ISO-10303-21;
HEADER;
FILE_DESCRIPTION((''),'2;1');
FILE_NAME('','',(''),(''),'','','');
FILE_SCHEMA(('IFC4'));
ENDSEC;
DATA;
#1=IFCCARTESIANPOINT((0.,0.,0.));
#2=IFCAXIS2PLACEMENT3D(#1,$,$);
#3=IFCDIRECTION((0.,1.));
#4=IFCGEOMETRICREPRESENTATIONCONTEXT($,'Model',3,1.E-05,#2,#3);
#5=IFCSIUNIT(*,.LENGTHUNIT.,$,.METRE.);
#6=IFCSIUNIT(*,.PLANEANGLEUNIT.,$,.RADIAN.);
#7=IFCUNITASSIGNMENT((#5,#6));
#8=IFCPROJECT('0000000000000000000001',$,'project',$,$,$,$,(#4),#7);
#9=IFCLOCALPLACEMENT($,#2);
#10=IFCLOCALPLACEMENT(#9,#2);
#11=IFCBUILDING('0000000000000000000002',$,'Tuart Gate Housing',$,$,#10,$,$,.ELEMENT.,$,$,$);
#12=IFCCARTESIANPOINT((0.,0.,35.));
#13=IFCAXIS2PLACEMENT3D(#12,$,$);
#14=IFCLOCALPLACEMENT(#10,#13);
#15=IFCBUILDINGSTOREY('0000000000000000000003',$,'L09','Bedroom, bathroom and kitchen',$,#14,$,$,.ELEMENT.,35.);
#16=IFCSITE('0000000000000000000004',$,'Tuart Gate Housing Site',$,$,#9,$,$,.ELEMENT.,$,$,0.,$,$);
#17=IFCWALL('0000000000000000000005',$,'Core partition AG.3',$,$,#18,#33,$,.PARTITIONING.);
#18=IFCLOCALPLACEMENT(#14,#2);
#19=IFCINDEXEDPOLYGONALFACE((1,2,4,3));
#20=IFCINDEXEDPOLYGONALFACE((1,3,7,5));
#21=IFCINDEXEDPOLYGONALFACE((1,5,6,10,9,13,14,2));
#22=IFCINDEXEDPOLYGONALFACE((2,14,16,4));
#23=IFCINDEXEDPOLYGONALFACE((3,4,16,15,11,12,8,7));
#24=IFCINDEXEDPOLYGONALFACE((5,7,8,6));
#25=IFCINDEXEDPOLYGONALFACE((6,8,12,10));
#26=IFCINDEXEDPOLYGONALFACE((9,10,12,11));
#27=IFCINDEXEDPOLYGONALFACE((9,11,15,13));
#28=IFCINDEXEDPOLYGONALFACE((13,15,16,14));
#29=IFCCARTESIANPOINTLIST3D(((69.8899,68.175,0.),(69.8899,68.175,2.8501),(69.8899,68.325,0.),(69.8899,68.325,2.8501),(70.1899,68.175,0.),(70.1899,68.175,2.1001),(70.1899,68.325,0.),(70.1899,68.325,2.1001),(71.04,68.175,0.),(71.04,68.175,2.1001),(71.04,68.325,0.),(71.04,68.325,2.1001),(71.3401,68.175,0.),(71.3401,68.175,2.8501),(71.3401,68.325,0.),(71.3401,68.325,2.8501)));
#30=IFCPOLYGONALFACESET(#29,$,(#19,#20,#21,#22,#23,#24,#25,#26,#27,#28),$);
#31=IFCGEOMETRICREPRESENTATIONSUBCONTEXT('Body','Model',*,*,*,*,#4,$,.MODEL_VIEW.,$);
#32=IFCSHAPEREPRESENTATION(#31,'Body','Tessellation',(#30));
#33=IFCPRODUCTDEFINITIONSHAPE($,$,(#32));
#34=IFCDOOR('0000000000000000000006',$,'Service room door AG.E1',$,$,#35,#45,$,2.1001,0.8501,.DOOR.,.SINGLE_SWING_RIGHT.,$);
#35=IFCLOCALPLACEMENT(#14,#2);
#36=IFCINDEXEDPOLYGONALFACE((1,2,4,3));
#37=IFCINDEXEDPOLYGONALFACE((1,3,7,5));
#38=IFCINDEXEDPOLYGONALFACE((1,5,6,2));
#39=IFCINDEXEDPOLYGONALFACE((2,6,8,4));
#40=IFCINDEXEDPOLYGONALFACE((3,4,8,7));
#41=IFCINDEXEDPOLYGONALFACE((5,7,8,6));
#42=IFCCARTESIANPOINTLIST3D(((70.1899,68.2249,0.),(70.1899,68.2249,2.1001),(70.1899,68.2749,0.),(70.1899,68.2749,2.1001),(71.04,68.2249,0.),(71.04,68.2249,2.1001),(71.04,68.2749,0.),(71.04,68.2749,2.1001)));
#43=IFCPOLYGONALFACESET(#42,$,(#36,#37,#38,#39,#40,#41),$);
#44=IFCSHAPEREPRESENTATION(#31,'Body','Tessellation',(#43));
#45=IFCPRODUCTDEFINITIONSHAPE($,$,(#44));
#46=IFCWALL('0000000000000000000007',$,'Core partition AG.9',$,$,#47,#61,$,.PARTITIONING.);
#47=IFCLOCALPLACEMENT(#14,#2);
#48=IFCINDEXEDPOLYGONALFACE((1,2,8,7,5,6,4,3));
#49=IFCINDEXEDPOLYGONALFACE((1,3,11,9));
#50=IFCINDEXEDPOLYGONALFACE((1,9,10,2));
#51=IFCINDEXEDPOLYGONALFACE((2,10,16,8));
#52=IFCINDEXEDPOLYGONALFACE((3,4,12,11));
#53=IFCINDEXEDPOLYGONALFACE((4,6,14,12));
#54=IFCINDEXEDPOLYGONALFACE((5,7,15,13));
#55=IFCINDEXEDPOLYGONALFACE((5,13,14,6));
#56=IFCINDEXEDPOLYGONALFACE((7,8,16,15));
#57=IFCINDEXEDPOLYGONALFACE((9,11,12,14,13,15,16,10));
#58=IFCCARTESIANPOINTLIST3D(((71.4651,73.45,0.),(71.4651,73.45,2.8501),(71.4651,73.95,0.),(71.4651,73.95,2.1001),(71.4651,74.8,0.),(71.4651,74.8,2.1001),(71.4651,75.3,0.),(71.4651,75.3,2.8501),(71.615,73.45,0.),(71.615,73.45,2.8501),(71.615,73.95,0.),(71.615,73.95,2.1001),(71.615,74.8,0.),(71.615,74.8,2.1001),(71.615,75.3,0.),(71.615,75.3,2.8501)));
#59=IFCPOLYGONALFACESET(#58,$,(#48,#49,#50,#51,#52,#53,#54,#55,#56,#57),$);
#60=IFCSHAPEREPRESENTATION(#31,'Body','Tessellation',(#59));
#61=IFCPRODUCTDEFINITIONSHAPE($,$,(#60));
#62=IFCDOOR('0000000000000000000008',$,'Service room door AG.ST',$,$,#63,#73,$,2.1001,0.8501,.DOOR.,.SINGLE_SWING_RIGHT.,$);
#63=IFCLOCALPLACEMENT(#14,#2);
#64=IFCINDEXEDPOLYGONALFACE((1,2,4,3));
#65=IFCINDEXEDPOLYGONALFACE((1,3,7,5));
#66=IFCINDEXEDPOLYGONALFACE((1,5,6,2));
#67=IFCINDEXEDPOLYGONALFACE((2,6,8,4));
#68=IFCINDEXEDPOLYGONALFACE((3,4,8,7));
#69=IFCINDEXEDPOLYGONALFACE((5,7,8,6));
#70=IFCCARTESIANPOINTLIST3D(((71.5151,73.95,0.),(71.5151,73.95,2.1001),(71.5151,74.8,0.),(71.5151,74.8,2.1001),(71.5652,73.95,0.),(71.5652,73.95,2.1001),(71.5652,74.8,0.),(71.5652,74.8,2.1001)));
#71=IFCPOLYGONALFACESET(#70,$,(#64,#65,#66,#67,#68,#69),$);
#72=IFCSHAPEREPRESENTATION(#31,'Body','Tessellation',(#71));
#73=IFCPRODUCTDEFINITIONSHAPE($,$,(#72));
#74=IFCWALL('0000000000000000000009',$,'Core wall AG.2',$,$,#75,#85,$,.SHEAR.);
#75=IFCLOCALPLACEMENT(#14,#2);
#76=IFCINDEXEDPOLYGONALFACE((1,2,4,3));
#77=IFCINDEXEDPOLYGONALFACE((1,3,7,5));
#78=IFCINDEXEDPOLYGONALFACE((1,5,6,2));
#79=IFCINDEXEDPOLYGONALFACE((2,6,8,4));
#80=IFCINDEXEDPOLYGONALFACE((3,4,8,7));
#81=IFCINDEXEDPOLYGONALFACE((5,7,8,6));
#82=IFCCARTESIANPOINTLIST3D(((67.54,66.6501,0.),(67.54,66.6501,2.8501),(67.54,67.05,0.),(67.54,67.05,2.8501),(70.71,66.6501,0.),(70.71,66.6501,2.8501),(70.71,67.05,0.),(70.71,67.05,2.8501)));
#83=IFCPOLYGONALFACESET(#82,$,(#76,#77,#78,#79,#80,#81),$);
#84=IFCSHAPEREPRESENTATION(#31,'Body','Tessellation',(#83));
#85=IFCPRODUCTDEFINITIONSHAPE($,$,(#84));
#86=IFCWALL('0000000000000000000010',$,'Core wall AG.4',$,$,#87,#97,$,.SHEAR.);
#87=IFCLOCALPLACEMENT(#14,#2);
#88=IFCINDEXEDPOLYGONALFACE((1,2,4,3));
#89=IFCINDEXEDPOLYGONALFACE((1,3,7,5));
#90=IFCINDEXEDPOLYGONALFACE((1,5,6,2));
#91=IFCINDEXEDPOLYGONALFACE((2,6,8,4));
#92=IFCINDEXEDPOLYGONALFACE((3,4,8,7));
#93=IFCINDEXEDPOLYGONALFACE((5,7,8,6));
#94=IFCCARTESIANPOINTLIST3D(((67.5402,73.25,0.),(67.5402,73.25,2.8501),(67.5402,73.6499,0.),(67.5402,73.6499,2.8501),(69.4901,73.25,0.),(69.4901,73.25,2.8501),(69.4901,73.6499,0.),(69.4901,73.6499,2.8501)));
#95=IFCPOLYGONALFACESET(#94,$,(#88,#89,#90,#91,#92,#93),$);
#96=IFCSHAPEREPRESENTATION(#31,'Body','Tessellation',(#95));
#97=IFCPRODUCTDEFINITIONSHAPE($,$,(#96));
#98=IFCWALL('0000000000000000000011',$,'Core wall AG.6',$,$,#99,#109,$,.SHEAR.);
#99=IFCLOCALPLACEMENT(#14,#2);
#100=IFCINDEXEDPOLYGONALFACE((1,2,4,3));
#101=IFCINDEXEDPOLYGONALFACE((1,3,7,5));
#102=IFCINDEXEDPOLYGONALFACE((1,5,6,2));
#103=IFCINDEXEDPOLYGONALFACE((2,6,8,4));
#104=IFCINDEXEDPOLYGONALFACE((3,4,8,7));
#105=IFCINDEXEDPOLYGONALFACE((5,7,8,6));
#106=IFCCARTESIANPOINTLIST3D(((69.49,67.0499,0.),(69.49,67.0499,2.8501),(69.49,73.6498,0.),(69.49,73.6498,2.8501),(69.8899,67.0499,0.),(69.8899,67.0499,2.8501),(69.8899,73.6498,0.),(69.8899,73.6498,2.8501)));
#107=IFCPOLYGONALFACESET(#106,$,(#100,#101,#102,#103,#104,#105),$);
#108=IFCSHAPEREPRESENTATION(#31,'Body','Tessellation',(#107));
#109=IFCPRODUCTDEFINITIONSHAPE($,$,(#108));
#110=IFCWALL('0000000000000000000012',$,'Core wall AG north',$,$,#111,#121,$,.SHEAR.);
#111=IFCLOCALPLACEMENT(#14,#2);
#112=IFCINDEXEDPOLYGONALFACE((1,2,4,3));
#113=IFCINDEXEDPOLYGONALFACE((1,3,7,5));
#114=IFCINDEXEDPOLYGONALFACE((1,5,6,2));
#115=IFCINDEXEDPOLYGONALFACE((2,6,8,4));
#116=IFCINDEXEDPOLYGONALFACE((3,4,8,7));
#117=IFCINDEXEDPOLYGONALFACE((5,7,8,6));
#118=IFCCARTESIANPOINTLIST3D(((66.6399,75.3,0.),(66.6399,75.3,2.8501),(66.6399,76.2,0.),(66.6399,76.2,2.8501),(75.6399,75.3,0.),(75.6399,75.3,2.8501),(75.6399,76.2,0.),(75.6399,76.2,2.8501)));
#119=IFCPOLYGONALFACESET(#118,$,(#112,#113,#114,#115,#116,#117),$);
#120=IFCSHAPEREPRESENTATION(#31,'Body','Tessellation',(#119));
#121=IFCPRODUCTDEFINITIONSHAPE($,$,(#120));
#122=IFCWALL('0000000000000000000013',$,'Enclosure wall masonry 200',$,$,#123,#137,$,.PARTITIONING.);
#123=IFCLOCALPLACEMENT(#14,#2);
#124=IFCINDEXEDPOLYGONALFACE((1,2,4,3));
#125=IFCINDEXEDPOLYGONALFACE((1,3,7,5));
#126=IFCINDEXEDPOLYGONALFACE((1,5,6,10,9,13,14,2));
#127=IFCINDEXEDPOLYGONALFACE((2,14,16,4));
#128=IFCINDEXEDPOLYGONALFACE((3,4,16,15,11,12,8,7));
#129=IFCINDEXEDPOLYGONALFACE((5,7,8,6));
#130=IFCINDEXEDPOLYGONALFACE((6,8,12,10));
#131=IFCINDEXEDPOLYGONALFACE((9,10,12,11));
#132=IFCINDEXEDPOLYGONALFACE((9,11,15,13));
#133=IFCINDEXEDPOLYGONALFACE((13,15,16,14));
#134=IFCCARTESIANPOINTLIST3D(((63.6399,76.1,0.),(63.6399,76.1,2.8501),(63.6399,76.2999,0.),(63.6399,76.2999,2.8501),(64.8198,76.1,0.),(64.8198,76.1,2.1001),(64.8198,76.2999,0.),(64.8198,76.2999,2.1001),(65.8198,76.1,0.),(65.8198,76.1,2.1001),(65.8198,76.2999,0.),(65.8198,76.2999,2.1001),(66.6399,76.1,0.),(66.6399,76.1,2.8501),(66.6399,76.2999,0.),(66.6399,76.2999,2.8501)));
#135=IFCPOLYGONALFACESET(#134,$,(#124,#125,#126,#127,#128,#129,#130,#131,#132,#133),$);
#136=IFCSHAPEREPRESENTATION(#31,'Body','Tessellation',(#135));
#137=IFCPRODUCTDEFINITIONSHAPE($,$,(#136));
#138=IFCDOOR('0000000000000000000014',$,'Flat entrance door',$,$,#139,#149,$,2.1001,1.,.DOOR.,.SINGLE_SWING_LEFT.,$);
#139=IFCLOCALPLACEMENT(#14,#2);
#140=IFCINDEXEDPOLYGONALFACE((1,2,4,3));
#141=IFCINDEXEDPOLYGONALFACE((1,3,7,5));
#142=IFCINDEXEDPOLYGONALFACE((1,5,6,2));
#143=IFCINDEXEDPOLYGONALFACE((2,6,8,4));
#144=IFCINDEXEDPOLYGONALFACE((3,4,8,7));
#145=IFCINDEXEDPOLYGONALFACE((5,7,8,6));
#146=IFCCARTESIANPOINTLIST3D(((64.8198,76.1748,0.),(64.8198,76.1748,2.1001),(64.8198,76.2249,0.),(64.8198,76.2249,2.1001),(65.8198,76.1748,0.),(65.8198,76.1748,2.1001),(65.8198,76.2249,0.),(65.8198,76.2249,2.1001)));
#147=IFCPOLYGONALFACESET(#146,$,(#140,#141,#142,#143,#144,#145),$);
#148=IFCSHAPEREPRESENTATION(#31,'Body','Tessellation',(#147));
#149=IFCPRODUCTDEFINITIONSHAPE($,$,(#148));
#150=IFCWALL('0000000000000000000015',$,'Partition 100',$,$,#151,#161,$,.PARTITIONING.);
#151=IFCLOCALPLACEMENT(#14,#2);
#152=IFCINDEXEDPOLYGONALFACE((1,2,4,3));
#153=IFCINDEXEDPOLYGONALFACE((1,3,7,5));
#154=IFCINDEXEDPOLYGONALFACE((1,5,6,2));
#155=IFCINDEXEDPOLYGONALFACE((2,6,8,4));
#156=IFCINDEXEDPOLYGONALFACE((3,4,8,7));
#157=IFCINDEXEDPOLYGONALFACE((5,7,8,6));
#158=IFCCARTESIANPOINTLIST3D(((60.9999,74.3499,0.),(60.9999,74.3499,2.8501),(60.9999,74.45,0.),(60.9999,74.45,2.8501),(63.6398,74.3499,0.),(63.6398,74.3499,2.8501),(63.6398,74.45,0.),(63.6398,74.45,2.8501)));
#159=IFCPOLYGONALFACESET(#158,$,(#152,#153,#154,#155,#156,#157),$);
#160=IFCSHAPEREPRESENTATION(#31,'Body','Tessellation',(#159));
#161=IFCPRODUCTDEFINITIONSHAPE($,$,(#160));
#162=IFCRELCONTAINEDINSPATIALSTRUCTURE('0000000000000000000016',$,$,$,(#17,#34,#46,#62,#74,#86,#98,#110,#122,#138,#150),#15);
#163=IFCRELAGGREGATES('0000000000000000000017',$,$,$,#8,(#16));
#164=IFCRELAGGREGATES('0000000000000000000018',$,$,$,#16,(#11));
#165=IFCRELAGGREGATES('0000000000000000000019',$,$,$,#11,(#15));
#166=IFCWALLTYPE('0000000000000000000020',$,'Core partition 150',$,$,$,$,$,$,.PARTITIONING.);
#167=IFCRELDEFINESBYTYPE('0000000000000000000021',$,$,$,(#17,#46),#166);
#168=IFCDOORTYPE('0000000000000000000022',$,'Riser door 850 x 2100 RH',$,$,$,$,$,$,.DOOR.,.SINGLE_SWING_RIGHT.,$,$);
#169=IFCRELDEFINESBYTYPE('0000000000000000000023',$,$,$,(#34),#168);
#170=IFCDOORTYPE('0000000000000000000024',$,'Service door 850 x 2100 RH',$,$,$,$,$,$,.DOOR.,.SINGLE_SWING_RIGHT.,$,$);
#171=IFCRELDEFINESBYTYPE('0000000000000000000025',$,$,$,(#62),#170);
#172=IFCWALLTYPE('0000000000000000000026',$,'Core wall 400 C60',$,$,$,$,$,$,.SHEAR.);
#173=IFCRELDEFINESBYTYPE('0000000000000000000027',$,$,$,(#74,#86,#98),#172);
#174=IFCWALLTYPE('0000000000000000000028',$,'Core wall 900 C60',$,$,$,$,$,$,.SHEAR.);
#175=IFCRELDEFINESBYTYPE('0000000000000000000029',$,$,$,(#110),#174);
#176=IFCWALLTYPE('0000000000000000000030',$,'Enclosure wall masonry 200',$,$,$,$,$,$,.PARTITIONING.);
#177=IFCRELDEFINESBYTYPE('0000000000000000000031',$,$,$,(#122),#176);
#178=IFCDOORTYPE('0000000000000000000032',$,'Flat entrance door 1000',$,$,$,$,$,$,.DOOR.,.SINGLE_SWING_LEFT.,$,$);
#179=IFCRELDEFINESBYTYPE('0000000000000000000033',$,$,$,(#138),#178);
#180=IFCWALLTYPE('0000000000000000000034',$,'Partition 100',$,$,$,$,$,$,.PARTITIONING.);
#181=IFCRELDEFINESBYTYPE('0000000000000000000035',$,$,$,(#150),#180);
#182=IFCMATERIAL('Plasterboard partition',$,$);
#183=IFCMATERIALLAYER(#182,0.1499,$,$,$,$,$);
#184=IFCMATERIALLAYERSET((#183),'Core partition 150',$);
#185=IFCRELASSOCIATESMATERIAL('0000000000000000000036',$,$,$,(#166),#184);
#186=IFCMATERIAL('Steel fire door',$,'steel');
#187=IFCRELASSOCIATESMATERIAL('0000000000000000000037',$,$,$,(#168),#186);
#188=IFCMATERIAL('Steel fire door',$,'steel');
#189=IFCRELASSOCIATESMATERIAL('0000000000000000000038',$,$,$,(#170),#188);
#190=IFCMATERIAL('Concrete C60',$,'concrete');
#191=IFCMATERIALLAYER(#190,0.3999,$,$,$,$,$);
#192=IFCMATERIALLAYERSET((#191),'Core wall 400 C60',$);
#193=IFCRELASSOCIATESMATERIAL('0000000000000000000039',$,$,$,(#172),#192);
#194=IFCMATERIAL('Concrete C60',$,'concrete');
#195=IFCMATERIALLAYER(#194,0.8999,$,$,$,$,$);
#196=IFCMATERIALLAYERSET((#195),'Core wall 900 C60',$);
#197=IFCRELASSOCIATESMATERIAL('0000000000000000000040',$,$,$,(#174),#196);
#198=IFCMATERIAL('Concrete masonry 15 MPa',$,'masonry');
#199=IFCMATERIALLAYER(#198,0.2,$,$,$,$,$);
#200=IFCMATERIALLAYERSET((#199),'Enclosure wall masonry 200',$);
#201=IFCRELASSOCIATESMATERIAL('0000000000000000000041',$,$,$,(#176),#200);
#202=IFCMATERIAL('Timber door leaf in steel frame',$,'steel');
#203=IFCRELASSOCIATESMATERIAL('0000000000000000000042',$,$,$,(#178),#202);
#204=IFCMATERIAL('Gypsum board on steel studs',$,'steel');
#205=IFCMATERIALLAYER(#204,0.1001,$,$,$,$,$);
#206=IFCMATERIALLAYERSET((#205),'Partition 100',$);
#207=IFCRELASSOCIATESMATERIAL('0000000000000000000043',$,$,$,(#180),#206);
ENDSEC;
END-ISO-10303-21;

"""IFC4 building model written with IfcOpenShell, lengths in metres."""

from ifc_helpers import new_model, si_unit, direction, frame, frame_2d, origin, place, context, subcontext, project, spatial, rectangle, extrude, material, layer, layer_set, type_object, element, fill, save


model = new_model("IFC4")

# Units and contexts
model_context = context("Model", 3, precision=1e-05, world=origin(), true_north=direction((0.0, 1.0)))
body_context = subcontext(model_context, "Body", "Model", "MODEL_VIEW")
ifc_project = project(units=[si_unit("LENGTHUNIT", "METRE"), si_unit("PLANEANGLEUNIT", "RADIAN")], contexts=[model_context])

# Site, building, storey
site_placement = place(None, origin())
site = spatial("IfcSite", under=ifc_project, at=site_placement, Name="Tuart Gate Housing Site", CompositionType="ELEMENT", RefElevation=0.0)
building_placement = place(site_placement, origin())
building = spatial("IfcBuilding", under=site, at=building_placement, Name="Tuart Gate Housing", CompositionType="ELEMENT")
storey_placement = place(building_placement, frame((0.0, 0.0, 35.0)))
storey = spatial("IfcBuildingStorey", under=building, at=storey_placement, Name="L09", Description="Bedroom, bathroom and kitchen", CompositionType="ELEMENT", Elevation=35.0)

# Walls, openings, doors
ifc_material_1 = material(Name="Plasterboard partition")
ifc_layer_1 = layer(ifc_material_1, 0.1499)
ifc_layer_set_1 = layer_set([ifc_layer_1], Name="Core partition 150")
wall_type_1 = type_object("IfcWallType", Name="Core partition 150", PredefinedType="PARTITIONING", material=ifc_layer_set_1)
wall_1_placement = place(storey_placement, frame((69.8899, 68.25, 0.0), z_axis=(0.0, 0.0, 1.0), x_axis=(1.0, 0.0, 0.0)))
wall_1 = element("IfcWall", 1, at=wall_1_placement, inside=storey, type_object=wall_type_1, Name="Core partition AG.3", PredefinedType="PARTITIONING", context=body_context, shape_type="SweptSolid", body=[
    extrude(rectangle(XDim=1.4502, YDim=0.1499, at=frame_2d((0.7251, 0.0))), origin(), (0.0, 0.0, 1.0), 2.8501),
])
opening_1_placement = place(wall_1_placement, frame((0.3, 0.0, 0.0)))
opening_1 = element("IfcOpeningElement", 2, at=opening_1_placement, cuts=wall_1, PredefinedType="OPENING", context=body_context, shape_type="SweptSolid", body=[
    extrude(rectangle(XDim=0.8501, YDim=2.1001, at=frame_2d((0.425, 1.05))), frame((0.0, 0.085, 0.0), z_axis=(0.0, -1.0, 0.0), x_axis=(1.0, 0.0, 0.0)), (0.0, 0.0, 1.0), 0.1699),
])
ifc_material_2 = material(Name="Steel fire door", Category="steel")
door_type_1 = type_object("IfcDoorType", Name="Riser door 850 x 2100 RH", OperationType="SINGLE_SWING_RIGHT", PredefinedType="DOOR", material=ifc_material_2)
door_1_placement = place(opening_1_placement, frame((0.8501, 0.0, 0.0), z_axis=(0.0, 0.0, 1.0), x_axis=(-1.0, 0.0, 0.0)))
door_1 = element("IfcDoor", 3, at=door_1_placement, inside=storey, type_object=door_type_1, Name="Service room door AG.E1", OperationType="SINGLE_SWING_RIGHT", OverallHeight=2.1001, OverallWidth=0.8501, PredefinedType="DOOR", context=body_context, shape_type="SweptSolid", body=[
    extrude(rectangle(XDim=0.8501, YDim=2.1001, at=frame_2d((0.425, 1.05))), frame((0.0, 0.0251, 0.0), z_axis=(0.0, -1.0, 0.0), x_axis=(1.0, 0.0, 0.0)), (0.0, 0.0, 1.0), 0.05),
])
fill(opening_1, door_1)
wall_2_placement = place(storey_placement, frame((71.54, 73.45, 0.0), z_axis=(0.0, 0.0, 1.0), x_axis=(0.0, 1.0, 0.0)))
wall_2 = element("IfcWall", 4, at=wall_2_placement, inside=storey, type_object=wall_type_1, Name="Core partition AG.9", PredefinedType="PARTITIONING", context=body_context, shape_type="SweptSolid", body=[
    extrude(rectangle(XDim=1.8501, YDim=0.1499, at=frame_2d((0.925, 0.0))), origin(), (0.0, 0.0, 1.0), 2.8501),
])
opening_2_placement = place(wall_2_placement, frame((0.5, 0.0, 0.0)))
opening_2 = element("IfcOpeningElement", 5, at=opening_2_placement, cuts=wall_2, PredefinedType="OPENING", context=body_context, shape_type="SweptSolid", body=[
    extrude(rectangle(XDim=0.8501, YDim=2.1001, at=frame_2d((0.425, 1.05))), frame((0.0, 0.085, 0.0), z_axis=(0.0, -1.0, 0.0), x_axis=(1.0, 0.0, 0.0)), (0.0, 0.0, 1.0), 0.1699),
])
ifc_material_3 = material(Name="Steel fire door", Category="steel")
door_type_2 = type_object("IfcDoorType", Name="Service door 850 x 2100 RH", OperationType="SINGLE_SWING_RIGHT", PredefinedType="DOOR", material=ifc_material_3)
door_2_placement = place(opening_2_placement, frame((0.8501, 0.0, 0.0), z_axis=(0.0, 0.0, 1.0), x_axis=(-1.0, 0.0, 0.0)))
door_2 = element("IfcDoor", 6, at=door_2_placement, inside=storey, type_object=door_type_2, Name="Service room door AG.ST", OperationType="SINGLE_SWING_RIGHT", OverallHeight=2.1001, OverallWidth=0.8501, PredefinedType="DOOR", context=body_context, shape_type="SweptSolid", body=[
    extrude(rectangle(XDim=0.8501, YDim=2.1001, at=frame_2d((0.425, 1.05))), frame((0.0, 0.0251, 0.0), z_axis=(0.0, -1.0, 0.0), x_axis=(1.0, 0.0, 0.0)), (0.0, 0.0, 1.0), 0.05),
])
fill(opening_2, door_2)

# Walls
ifc_material_4 = material(Name="Concrete C60", Category="concrete")
ifc_layer_2 = layer(ifc_material_4, 0.3999)
ifc_layer_set_2 = layer_set([ifc_layer_2], Name="Core wall 400 C60")
wall_type_2 = type_object("IfcWallType", Name="Core wall 400 C60", PredefinedType="SHEAR", material=ifc_layer_set_2)
wall_3_placement = place(storey_placement, frame((67.54, 66.8501, 0.0), z_axis=(0.0, 0.0, 1.0), x_axis=(1.0, 0.0, 0.0)))
element("IfcWall", 7, at=wall_3_placement, inside=storey, type_object=wall_type_2, Name="Core wall AG.2", PredefinedType="SHEAR", context=body_context, shape_type="SweptSolid", body=[
    extrude(rectangle(XDim=3.1699, YDim=0.3999, at=frame_2d((1.585, 0.0))), origin(), (0.0, 0.0, 1.0), 2.8501),
])
wall_4_placement = place(storey_placement, frame((67.54, 73.45, 0.0), z_axis=(0.0, 0.0, 1.0), x_axis=(1.0, 0.0, 0.0)))
element("IfcWall", 8, at=wall_4_placement, inside=storey, type_object=wall_type_2, Name="Core wall AG.4", PredefinedType="SHEAR", context=body_context, shape_type="SweptSolid", body=[
    extrude(rectangle(XDim=1.95, YDim=0.3999, at=frame_2d((0.9751, 0.0))), origin(), (0.0, 0.0, 1.0), 2.8501),
])
wall_5_placement = place(storey_placement, frame((69.6899, 67.05, 0.0), z_axis=(0.0, 0.0, 1.0), x_axis=(0.0, 1.0, 0.0)))
element("IfcWall", 9, at=wall_5_placement, inside=storey, type_object=wall_type_2, Name="Core wall AG.6", PredefinedType="SHEAR", context=body_context, shape_type="SweptSolid", body=[
    extrude(rectangle(XDim=6.5999, YDim=0.3999, at=frame_2d((3.2998, 0.0))), origin(), (0.0, 0.0, 1.0), 2.8501),
])
ifc_material_5 = material(Name="Concrete C60", Category="concrete")
ifc_layer_3 = layer(ifc_material_5, 0.8999)
ifc_layer_set_3 = layer_set([ifc_layer_3], Name="Core wall 900 C60")
wall_type_3 = type_object("IfcWallType", Name="Core wall 900 C60", PredefinedType="SHEAR", material=ifc_layer_set_3)
wall_6_placement = place(storey_placement, frame((66.6399, 75.75, 0.0), z_axis=(0.0, 0.0, 1.0), x_axis=(1.0, 0.0, 0.0)))
element("IfcWall", 10, at=wall_6_placement, inside=storey, type_object=wall_type_3, Name="Core wall AG north", PredefinedType="SHEAR", context=body_context, shape_type="SweptSolid", body=[
    extrude(rectangle(XDim=9.0, YDim=0.8999, at=frame_2d((4.5, 0.0))), origin(), (0.0, 0.0, 1.0), 2.8501),
])

# Wall, opening, door
ifc_material_6 = material(Name="Concrete masonry 15 MPa", Category="masonry")
ifc_layer_4 = layer(ifc_material_6, 0.2)
ifc_layer_set_4 = layer_set([ifc_layer_4], Name="Enclosure wall masonry 200")
wall_type_4 = type_object("IfcWallType", Name="Enclosure wall masonry 200", PredefinedType="PARTITIONING", material=ifc_layer_set_4)
wall_7_placement = place(storey_placement, frame((63.6399, 76.2, 0.0), z_axis=(0.0, 0.0, 1.0), x_axis=(1.0, 0.0, 0.0)))
wall_7 = element("IfcWall", 11, at=wall_7_placement, inside=storey, type_object=wall_type_4, Name="Enclosure wall masonry 200", PredefinedType="PARTITIONING", context=body_context, shape_type="SweptSolid", body=[
    extrude(rectangle(XDim=3.0, YDim=0.2, at=frame_2d((1.5, 0.0))), origin(), (0.0, 0.0, 1.0), 2.8501),
])
opening_3_placement = place(wall_7_placement, frame((1.1799, 0.0, 0.0)))
opening_3 = element("IfcOpeningElement", 12, at=opening_3_placement, cuts=wall_7, PredefinedType="OPENING", context=body_context, shape_type="SweptSolid", body=[
    extrude(rectangle(XDim=1.0, YDim=2.1001, at=frame_2d((0.5, 1.05))), frame((0.0, 0.1099, 0.0), z_axis=(0.0, -1.0, 0.0), x_axis=(1.0, 0.0, 0.0)), (0.0, 0.0, 1.0), 0.22),
])
ifc_material_7 = material(Name="Timber door leaf in steel frame", Category="steel")
door_type_3 = type_object("IfcDoorType", Name="Flat entrance door 1000", OperationType="SINGLE_SWING_LEFT", PredefinedType="DOOR", material=ifc_material_7)
door_3_placement = place(opening_3_placement, origin())
door_3 = element("IfcDoor", 13, at=door_3_placement, inside=storey, type_object=door_type_3, Name="Flat entrance door", OperationType="SINGLE_SWING_LEFT", OverallHeight=2.1001, OverallWidth=1.0, PredefinedType="DOOR", context=body_context, shape_type="SweptSolid", body=[
    extrude(rectangle(XDim=1.0, YDim=2.1001, at=frame_2d((0.5, 1.05))), frame((0.0, 0.0249, 0.0), z_axis=(0.0, -1.0, 0.0), x_axis=(1.0, 0.0, 0.0)), (0.0, 0.0, 1.0), 0.05),
])
fill(opening_3, door_3)

# Wall
ifc_material_8 = material(Name="Gypsum board on steel studs", Category="steel")
ifc_layer_5 = layer(ifc_material_8, 0.1001)
ifc_layer_set_5 = layer_set([ifc_layer_5], Name="Partition 100")
wall_type_5 = type_object("IfcWallType", Name="Partition 100", PredefinedType="PARTITIONING", material=ifc_layer_set_5)
wall_8_placement = place(storey_placement, frame((61.0, 74.3999, 0.0), z_axis=(0.0, 0.0, 1.0), x_axis=(1.0, 0.0, 0.0)))
element("IfcWall", 14, at=wall_8_placement, inside=storey, type_object=wall_type_5, Name="Partition 100", PredefinedType="PARTITIONING", context=body_context, shape_type="SweptSolid", body=[
    extrude(rectangle(XDim=2.6399, YDim=0.1001, at=frame_2d((1.3198, 0.0))), origin(), (0.0, 0.0, 1.0), 2.8501),
])

save(model, "model.ifc")
